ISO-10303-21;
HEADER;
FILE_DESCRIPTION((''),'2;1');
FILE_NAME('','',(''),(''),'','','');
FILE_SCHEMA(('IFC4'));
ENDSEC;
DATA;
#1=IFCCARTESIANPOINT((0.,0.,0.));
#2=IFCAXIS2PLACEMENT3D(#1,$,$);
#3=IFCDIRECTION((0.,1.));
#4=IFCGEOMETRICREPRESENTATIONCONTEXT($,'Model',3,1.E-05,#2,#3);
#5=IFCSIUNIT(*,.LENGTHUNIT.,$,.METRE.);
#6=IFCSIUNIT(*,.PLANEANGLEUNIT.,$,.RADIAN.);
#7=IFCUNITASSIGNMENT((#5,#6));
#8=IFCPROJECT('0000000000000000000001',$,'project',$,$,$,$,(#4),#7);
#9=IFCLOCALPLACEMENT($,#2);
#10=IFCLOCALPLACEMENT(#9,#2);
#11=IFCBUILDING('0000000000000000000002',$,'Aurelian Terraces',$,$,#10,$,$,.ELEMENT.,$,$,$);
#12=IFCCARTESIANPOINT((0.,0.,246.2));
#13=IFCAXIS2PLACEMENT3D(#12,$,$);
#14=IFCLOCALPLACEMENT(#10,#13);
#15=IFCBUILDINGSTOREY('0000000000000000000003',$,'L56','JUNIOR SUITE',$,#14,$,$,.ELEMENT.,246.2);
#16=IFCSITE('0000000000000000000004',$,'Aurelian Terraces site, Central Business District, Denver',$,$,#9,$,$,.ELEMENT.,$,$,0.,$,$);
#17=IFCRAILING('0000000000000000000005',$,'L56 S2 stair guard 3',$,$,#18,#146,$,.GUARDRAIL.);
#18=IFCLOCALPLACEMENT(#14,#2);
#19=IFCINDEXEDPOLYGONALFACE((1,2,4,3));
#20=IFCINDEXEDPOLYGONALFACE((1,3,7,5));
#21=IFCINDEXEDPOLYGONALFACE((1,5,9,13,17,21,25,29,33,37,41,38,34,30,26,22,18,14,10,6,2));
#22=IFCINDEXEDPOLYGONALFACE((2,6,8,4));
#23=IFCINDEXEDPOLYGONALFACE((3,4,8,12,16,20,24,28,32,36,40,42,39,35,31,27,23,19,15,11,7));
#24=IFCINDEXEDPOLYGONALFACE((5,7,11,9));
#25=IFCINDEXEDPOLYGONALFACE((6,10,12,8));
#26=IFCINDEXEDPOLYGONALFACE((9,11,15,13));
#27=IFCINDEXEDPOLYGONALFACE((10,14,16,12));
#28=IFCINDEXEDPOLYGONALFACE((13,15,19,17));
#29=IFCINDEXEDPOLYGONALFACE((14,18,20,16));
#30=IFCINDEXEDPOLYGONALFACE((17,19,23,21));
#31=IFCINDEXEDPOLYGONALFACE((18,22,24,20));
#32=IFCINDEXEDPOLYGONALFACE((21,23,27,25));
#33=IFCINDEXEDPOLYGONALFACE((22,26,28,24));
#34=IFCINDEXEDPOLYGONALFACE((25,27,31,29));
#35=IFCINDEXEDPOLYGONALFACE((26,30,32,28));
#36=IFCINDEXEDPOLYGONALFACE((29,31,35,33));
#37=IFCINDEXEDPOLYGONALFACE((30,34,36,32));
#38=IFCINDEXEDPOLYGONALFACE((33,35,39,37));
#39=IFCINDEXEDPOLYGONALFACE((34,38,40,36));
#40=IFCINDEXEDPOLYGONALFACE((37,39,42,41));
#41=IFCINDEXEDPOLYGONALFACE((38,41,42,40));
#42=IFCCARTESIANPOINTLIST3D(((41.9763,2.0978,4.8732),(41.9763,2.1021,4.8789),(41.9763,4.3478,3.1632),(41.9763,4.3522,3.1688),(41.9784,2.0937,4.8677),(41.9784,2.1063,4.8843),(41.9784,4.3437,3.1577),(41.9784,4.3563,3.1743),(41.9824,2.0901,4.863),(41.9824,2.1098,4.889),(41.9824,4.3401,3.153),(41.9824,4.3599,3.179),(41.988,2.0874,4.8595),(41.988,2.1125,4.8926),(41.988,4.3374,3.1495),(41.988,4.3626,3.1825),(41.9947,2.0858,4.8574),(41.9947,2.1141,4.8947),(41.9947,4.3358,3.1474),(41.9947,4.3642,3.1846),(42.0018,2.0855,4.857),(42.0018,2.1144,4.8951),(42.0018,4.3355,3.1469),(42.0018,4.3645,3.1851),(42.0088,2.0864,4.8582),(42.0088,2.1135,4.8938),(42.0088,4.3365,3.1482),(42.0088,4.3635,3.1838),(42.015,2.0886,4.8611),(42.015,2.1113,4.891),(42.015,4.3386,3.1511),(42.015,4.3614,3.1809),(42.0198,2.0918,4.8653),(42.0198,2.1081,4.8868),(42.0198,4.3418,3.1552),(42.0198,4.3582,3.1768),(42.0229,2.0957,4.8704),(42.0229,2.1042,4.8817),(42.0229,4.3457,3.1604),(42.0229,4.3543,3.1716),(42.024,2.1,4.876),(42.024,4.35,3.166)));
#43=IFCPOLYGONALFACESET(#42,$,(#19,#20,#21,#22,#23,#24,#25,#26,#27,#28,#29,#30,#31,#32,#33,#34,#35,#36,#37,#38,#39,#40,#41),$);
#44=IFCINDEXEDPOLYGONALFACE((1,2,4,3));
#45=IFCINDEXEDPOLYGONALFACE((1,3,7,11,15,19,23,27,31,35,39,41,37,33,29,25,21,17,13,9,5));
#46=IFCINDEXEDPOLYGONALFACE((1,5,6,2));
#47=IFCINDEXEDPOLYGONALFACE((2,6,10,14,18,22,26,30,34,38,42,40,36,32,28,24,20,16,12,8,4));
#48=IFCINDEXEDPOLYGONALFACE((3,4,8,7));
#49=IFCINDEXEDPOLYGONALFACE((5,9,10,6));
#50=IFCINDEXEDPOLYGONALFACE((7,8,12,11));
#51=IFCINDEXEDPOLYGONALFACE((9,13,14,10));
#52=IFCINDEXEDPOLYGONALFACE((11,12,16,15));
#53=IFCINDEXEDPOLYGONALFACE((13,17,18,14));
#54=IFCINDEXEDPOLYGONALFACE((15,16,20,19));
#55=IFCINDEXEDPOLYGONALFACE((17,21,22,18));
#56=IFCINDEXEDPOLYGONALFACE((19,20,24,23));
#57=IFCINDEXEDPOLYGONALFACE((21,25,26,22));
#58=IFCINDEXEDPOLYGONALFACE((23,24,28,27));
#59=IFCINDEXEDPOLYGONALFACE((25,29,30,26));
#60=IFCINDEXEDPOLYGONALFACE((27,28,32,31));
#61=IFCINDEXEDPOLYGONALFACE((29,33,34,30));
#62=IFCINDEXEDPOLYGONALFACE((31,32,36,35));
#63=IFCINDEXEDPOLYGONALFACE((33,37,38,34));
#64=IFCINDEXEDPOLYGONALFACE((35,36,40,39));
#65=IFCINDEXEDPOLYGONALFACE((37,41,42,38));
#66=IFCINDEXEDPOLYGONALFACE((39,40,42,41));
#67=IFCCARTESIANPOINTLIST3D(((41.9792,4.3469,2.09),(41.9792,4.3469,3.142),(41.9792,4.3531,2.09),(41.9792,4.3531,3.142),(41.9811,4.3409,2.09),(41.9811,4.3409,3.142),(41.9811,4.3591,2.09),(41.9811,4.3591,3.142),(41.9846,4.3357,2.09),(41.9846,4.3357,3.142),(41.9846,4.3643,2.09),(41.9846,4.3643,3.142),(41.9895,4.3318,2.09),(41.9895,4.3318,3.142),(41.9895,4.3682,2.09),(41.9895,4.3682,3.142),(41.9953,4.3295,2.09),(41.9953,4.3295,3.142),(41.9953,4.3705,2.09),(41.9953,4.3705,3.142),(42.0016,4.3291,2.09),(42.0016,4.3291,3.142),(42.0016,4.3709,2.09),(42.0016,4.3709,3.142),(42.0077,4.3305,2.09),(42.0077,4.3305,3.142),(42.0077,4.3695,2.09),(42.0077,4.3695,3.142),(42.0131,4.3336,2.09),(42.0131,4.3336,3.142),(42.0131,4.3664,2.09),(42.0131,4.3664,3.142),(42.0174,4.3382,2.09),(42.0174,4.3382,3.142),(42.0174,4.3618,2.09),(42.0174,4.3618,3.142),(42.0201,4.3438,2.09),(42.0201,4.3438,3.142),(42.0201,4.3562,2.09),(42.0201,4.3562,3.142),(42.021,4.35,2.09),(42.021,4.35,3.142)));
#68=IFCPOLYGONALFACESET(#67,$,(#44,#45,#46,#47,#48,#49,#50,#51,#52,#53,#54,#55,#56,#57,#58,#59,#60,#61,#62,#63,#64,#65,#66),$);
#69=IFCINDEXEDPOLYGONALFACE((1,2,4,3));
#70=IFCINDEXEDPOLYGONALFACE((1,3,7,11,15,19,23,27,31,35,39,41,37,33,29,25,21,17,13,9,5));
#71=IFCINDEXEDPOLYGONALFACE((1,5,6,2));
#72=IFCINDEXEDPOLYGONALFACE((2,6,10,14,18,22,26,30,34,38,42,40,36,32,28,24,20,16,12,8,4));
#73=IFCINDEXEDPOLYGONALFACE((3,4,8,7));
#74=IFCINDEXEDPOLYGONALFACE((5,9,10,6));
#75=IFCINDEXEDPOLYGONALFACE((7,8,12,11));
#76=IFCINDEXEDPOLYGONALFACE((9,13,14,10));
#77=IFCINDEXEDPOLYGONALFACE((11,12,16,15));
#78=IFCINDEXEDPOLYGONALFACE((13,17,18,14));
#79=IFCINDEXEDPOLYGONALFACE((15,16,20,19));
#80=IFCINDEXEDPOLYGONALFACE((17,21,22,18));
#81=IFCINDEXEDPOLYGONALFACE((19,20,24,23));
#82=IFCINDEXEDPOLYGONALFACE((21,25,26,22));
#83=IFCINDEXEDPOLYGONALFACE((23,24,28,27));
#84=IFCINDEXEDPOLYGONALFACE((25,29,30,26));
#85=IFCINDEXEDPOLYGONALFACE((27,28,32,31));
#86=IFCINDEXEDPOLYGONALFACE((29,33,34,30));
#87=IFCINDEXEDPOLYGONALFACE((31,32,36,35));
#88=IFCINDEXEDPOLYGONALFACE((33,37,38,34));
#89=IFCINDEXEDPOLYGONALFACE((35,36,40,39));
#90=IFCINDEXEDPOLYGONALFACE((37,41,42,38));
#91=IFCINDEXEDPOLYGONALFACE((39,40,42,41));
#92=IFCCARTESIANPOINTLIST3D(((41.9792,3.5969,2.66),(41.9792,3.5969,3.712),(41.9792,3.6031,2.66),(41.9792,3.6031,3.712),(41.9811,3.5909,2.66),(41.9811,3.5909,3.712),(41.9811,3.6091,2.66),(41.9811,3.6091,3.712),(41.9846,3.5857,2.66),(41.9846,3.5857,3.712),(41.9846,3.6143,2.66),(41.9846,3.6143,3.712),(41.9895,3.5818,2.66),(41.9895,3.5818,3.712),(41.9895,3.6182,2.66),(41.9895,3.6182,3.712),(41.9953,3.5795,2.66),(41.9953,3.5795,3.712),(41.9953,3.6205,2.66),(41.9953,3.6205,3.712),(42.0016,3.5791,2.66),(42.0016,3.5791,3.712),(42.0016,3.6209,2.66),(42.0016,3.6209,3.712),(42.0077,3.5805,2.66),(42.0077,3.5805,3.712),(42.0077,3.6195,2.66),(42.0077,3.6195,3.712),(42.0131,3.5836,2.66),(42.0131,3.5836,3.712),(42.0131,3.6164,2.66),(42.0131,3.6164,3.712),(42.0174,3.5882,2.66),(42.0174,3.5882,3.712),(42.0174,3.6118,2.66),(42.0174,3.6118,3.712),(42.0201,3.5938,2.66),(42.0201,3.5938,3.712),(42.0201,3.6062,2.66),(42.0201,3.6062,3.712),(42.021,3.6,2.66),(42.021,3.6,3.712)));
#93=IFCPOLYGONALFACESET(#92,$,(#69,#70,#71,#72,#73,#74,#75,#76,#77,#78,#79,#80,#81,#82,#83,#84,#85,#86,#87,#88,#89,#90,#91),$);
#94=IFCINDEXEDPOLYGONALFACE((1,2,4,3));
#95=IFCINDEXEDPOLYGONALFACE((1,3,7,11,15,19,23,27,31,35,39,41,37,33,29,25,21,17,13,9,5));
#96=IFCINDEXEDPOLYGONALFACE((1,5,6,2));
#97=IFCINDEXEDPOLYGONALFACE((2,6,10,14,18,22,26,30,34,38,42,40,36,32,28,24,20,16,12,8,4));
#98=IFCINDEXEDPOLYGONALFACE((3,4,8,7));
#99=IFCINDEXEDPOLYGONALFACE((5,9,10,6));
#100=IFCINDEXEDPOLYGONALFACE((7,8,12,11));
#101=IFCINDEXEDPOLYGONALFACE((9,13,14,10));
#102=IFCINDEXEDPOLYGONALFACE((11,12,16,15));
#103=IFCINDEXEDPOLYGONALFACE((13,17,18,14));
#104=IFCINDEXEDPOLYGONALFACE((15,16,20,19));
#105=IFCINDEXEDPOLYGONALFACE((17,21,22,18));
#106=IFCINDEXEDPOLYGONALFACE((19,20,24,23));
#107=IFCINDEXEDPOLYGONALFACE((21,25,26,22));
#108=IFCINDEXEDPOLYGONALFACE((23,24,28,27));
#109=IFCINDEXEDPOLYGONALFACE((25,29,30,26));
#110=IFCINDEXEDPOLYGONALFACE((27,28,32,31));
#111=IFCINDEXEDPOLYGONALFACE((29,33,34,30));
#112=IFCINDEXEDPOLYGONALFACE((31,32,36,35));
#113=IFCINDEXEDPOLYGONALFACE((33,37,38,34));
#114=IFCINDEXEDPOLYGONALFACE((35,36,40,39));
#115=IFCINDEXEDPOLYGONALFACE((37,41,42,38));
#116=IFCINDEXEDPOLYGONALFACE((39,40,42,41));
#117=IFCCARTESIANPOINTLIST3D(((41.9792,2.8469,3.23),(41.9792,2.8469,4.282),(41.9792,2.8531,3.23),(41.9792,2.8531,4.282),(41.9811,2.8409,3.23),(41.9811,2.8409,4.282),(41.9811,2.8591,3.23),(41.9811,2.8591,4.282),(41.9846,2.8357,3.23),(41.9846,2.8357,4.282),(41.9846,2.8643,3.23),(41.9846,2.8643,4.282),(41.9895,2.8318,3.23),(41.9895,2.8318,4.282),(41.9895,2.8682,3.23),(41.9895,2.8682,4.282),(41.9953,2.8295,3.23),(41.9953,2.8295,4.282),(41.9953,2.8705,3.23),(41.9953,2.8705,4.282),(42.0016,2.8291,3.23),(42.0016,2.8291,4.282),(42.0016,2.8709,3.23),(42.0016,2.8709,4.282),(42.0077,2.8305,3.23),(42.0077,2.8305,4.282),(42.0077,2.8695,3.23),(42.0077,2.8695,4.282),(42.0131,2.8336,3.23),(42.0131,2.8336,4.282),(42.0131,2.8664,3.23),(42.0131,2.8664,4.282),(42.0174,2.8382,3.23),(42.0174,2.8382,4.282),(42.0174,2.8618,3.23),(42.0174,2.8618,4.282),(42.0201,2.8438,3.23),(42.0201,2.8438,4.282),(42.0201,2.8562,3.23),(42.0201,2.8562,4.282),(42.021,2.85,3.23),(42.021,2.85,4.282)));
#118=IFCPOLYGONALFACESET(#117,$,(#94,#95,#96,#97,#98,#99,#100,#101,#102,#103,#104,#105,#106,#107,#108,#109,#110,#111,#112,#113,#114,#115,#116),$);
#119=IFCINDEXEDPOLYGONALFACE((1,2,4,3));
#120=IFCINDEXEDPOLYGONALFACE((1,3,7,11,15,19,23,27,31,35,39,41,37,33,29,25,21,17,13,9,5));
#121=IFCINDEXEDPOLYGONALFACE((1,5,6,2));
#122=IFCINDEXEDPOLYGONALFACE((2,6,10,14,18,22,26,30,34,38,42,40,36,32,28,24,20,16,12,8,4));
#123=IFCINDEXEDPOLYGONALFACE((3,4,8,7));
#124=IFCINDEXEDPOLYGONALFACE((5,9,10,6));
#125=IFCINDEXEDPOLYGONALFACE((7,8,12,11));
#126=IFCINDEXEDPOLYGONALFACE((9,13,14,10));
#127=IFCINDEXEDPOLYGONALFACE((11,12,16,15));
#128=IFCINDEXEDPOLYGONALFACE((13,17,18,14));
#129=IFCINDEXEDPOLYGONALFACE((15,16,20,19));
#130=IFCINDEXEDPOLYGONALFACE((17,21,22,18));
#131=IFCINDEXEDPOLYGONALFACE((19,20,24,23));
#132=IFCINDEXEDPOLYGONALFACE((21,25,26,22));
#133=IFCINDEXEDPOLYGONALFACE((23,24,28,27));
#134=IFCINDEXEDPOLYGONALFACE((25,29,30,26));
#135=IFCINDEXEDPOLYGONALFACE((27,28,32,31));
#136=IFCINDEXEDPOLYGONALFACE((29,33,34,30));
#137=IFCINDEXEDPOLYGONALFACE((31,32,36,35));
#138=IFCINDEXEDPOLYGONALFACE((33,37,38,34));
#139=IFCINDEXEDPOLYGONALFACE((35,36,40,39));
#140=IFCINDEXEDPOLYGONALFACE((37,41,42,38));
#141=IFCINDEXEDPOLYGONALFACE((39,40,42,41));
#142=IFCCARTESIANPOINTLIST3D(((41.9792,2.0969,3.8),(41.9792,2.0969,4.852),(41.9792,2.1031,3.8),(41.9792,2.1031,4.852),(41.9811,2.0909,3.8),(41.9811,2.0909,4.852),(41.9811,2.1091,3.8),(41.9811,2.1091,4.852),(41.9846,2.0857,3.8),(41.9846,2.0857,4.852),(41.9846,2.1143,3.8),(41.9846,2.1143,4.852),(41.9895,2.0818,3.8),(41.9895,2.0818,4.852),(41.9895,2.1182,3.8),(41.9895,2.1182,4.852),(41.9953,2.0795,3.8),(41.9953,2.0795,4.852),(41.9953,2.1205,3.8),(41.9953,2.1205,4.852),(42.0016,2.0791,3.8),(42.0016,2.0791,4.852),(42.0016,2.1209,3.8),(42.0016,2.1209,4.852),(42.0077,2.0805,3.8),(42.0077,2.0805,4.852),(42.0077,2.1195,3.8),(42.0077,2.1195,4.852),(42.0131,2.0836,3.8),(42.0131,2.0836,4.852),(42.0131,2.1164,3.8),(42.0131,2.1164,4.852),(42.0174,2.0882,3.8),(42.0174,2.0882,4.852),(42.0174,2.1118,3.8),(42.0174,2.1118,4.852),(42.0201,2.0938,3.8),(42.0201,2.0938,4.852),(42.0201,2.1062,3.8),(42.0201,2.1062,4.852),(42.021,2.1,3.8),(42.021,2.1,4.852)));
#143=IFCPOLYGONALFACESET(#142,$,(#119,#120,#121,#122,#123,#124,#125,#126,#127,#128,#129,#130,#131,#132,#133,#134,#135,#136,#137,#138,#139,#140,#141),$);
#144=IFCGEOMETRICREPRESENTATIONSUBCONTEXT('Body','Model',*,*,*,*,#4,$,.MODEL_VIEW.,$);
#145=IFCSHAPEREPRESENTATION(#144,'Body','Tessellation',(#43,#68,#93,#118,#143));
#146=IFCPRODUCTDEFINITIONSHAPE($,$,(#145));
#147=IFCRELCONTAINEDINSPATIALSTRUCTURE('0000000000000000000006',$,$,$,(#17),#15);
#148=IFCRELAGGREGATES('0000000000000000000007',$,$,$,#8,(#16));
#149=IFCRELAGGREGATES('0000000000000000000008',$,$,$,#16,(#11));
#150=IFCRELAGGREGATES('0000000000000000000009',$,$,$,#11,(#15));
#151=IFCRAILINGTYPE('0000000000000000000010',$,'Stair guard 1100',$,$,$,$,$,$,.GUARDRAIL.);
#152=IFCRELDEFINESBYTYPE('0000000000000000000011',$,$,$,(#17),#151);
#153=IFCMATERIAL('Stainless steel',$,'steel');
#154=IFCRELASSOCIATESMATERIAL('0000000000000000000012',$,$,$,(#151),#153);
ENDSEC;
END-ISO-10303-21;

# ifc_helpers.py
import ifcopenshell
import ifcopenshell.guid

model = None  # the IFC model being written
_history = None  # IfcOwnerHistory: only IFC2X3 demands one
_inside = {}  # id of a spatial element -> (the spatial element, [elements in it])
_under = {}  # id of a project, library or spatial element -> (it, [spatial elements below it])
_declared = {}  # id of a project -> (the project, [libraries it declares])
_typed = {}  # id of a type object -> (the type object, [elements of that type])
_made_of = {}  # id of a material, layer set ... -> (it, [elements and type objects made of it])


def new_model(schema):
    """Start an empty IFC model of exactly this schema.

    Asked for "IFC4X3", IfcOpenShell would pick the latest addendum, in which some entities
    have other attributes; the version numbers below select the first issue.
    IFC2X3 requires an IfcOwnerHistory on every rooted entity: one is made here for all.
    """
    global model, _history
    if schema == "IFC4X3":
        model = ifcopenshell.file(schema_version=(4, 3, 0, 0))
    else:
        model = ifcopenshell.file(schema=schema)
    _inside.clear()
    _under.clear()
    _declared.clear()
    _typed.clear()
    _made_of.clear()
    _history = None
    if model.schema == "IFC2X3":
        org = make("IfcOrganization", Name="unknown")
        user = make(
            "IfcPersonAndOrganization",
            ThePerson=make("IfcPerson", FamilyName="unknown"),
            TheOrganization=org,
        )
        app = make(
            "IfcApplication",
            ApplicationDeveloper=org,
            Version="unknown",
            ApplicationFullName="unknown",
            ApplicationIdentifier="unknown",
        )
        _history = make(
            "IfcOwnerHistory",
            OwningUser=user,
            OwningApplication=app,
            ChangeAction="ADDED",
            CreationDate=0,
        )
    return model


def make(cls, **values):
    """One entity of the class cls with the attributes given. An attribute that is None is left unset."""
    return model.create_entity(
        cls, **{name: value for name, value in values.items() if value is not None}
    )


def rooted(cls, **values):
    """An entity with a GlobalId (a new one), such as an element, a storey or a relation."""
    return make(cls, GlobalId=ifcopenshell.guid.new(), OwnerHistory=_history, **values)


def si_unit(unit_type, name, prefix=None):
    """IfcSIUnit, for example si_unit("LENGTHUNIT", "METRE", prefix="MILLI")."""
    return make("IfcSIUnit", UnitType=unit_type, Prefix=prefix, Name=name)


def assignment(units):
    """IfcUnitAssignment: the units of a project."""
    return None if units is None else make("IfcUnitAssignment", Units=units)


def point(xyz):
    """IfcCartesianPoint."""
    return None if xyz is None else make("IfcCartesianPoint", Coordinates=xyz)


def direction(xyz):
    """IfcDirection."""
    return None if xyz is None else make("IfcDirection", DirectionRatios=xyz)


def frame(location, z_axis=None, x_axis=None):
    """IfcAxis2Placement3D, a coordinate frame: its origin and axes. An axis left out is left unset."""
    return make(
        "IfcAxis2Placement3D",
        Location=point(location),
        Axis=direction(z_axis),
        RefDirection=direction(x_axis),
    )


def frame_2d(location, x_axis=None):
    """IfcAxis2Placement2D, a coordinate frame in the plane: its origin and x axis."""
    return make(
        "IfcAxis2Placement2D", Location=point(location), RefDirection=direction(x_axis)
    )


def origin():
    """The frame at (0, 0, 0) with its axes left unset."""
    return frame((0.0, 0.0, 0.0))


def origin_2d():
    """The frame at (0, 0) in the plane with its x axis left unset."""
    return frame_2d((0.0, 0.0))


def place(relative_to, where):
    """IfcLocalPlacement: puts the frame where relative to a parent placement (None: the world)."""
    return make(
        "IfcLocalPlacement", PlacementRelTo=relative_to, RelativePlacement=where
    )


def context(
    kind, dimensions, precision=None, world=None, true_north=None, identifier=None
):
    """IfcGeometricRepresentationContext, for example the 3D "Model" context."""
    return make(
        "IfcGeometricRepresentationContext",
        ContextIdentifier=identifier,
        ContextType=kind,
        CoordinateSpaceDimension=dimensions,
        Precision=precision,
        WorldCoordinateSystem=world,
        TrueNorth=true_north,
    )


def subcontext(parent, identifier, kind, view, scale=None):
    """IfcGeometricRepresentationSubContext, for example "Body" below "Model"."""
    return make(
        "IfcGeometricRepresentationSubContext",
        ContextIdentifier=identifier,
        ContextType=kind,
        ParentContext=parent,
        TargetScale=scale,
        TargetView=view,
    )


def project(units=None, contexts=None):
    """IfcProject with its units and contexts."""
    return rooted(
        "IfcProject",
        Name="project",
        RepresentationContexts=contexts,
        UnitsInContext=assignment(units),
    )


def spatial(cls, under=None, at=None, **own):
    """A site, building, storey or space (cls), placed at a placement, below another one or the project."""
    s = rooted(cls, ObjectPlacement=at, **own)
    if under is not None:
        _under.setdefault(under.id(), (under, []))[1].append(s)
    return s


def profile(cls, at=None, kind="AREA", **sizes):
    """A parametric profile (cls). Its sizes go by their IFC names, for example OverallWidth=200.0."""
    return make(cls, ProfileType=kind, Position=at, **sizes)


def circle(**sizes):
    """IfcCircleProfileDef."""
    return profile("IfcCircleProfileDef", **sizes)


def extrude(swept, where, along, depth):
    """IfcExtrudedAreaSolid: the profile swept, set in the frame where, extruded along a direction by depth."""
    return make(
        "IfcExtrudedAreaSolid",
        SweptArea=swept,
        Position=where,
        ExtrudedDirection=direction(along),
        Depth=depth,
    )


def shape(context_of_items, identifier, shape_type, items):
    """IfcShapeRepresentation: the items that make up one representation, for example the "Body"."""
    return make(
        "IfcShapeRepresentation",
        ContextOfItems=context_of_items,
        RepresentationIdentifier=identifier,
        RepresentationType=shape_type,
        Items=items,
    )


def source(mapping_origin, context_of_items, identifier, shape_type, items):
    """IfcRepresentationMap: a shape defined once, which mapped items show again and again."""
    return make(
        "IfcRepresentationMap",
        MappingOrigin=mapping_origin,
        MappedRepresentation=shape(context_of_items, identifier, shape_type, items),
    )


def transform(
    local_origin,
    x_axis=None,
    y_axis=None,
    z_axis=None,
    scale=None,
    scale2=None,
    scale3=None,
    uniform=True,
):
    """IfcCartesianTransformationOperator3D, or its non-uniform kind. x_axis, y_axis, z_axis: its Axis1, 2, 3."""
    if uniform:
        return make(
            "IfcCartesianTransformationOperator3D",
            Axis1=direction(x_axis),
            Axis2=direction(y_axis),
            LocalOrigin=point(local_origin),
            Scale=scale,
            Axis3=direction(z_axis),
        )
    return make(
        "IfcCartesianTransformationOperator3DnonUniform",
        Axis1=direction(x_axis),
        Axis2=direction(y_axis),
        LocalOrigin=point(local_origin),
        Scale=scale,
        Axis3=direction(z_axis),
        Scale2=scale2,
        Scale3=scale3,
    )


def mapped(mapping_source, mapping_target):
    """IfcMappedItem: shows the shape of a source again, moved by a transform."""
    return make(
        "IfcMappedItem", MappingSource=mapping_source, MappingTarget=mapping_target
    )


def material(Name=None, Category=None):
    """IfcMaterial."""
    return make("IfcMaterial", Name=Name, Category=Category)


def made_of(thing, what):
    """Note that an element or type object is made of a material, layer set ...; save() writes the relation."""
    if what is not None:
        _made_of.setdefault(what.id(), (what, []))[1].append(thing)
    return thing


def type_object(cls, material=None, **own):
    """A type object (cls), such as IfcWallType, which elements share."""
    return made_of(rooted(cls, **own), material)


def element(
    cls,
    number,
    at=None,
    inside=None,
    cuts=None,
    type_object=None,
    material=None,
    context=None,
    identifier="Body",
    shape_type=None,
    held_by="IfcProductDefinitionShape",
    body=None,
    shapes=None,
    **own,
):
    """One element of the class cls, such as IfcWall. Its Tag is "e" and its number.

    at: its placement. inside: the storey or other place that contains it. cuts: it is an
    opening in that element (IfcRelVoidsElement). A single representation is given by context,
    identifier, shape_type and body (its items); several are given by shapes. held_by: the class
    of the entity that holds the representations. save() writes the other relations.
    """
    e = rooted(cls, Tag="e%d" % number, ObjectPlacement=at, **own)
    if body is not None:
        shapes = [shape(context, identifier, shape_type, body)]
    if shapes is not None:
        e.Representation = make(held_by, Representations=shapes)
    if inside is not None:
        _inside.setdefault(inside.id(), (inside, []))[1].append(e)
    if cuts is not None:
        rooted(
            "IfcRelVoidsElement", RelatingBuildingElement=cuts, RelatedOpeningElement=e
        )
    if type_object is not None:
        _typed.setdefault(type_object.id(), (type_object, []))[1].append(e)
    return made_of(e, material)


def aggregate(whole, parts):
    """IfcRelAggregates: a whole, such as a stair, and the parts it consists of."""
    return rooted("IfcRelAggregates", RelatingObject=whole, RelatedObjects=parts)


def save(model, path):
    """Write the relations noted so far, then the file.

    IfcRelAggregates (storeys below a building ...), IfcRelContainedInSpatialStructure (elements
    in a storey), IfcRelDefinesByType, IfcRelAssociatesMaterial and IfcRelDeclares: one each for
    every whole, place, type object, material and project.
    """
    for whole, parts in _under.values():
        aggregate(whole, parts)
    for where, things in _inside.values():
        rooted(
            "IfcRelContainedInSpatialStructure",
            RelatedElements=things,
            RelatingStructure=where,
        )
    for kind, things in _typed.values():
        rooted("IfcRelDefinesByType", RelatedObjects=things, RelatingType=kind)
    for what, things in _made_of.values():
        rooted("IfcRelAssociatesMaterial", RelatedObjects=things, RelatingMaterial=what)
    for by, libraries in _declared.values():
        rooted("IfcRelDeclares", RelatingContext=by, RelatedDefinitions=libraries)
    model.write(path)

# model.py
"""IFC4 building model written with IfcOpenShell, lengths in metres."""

from ifc_helpers import new_model, si_unit, direction, frame, origin, origin_2d, place, context, subcontext, project, spatial, circle, extrude, source, transform, mapped, material, type_object, element, save


model = new_model("IFC4")

# Units and contexts
model_context = context("Model", 3, precision=1e-05, world=origin(), true_north=direction((0.0, 1.0)))
body_context = subcontext(model_context, "Body", "Model", "MODEL_VIEW")
ifc_project = project(units=[si_unit("LENGTHUNIT", "METRE"), si_unit("PLANEANGLEUNIT", "RADIAN")], contexts=[model_context])

# Site, building, storey
site_placement = place(None, origin())
site = spatial("IfcSite", under=ifc_project, at=site_placement, Name="Aurelian Terraces site, Central Business District, Denver", CompositionType="ELEMENT", RefElevation=0.0)
building_placement = place(site_placement, origin())
building = spatial("IfcBuilding", under=site, at=building_placement, Name="Aurelian Terraces", CompositionType="ELEMENT")
storey_placement = place(building_placement, frame((0.0, 0.0, 246.2)))
storey = spatial("IfcBuildingStorey", under=building, at=storey_placement, Name="L56", Description="JUNIOR SUITE", CompositionType="ELEMENT", Elevation=246.2)

# Railing
ifc_material_1 = material(Name="Stainless steel", Category="steel")
railing_type = type_object("IfcRailingType", Name="Stair guard 1100", PredefinedType="GUARDRAIL", material=ifc_material_1)
shared_shape_1 = source(origin(), body_context, "Body", "SweptSolid", [
    extrude(circle(Radius=0.024, at=origin_2d()), frame((0.0, 0.0, 1.076), z_axis=(0.0, -0.796162, 0.605083), x_axis=(1.0, 0.0, 0.0)), (0.0, 0.0, 1.0), 2.8261),
    extrude(circle(Radius=0.021, at=origin_2d()), origin(), (0.0, 0.0, 1.0), 1.052),
    extrude(circle(Radius=0.021, at=origin_2d()), frame((0.0, -0.75, 0.57)), (0.0, 0.0, 1.0), 1.052),
    extrude(circle(Radius=0.021, at=origin_2d()), frame((0.0, -1.5, 1.14)), (0.0, 0.0, 1.0), 1.052),
    extrude(circle(Radius=0.021, at=origin_2d()), frame((0.0, -2.25, 1.71)), (0.0, 0.0, 1.0), 1.052),
])
railing_1_placement = place(storey_placement, frame((42.0, 4.35, 2.09)))
element("IfcRailing", 1, at=railing_1_placement, inside=storey, type_object=railing_type, Name="L56 S2 stair guard 3", PredefinedType="GUARDRAIL", context=body_context, shape_type="MappedRepresentation", body=[
    mapped(shared_shape_1, transform((0.0, 0.0, 0.0), scale=1.0)),
])

save(model, "model.ifc")
